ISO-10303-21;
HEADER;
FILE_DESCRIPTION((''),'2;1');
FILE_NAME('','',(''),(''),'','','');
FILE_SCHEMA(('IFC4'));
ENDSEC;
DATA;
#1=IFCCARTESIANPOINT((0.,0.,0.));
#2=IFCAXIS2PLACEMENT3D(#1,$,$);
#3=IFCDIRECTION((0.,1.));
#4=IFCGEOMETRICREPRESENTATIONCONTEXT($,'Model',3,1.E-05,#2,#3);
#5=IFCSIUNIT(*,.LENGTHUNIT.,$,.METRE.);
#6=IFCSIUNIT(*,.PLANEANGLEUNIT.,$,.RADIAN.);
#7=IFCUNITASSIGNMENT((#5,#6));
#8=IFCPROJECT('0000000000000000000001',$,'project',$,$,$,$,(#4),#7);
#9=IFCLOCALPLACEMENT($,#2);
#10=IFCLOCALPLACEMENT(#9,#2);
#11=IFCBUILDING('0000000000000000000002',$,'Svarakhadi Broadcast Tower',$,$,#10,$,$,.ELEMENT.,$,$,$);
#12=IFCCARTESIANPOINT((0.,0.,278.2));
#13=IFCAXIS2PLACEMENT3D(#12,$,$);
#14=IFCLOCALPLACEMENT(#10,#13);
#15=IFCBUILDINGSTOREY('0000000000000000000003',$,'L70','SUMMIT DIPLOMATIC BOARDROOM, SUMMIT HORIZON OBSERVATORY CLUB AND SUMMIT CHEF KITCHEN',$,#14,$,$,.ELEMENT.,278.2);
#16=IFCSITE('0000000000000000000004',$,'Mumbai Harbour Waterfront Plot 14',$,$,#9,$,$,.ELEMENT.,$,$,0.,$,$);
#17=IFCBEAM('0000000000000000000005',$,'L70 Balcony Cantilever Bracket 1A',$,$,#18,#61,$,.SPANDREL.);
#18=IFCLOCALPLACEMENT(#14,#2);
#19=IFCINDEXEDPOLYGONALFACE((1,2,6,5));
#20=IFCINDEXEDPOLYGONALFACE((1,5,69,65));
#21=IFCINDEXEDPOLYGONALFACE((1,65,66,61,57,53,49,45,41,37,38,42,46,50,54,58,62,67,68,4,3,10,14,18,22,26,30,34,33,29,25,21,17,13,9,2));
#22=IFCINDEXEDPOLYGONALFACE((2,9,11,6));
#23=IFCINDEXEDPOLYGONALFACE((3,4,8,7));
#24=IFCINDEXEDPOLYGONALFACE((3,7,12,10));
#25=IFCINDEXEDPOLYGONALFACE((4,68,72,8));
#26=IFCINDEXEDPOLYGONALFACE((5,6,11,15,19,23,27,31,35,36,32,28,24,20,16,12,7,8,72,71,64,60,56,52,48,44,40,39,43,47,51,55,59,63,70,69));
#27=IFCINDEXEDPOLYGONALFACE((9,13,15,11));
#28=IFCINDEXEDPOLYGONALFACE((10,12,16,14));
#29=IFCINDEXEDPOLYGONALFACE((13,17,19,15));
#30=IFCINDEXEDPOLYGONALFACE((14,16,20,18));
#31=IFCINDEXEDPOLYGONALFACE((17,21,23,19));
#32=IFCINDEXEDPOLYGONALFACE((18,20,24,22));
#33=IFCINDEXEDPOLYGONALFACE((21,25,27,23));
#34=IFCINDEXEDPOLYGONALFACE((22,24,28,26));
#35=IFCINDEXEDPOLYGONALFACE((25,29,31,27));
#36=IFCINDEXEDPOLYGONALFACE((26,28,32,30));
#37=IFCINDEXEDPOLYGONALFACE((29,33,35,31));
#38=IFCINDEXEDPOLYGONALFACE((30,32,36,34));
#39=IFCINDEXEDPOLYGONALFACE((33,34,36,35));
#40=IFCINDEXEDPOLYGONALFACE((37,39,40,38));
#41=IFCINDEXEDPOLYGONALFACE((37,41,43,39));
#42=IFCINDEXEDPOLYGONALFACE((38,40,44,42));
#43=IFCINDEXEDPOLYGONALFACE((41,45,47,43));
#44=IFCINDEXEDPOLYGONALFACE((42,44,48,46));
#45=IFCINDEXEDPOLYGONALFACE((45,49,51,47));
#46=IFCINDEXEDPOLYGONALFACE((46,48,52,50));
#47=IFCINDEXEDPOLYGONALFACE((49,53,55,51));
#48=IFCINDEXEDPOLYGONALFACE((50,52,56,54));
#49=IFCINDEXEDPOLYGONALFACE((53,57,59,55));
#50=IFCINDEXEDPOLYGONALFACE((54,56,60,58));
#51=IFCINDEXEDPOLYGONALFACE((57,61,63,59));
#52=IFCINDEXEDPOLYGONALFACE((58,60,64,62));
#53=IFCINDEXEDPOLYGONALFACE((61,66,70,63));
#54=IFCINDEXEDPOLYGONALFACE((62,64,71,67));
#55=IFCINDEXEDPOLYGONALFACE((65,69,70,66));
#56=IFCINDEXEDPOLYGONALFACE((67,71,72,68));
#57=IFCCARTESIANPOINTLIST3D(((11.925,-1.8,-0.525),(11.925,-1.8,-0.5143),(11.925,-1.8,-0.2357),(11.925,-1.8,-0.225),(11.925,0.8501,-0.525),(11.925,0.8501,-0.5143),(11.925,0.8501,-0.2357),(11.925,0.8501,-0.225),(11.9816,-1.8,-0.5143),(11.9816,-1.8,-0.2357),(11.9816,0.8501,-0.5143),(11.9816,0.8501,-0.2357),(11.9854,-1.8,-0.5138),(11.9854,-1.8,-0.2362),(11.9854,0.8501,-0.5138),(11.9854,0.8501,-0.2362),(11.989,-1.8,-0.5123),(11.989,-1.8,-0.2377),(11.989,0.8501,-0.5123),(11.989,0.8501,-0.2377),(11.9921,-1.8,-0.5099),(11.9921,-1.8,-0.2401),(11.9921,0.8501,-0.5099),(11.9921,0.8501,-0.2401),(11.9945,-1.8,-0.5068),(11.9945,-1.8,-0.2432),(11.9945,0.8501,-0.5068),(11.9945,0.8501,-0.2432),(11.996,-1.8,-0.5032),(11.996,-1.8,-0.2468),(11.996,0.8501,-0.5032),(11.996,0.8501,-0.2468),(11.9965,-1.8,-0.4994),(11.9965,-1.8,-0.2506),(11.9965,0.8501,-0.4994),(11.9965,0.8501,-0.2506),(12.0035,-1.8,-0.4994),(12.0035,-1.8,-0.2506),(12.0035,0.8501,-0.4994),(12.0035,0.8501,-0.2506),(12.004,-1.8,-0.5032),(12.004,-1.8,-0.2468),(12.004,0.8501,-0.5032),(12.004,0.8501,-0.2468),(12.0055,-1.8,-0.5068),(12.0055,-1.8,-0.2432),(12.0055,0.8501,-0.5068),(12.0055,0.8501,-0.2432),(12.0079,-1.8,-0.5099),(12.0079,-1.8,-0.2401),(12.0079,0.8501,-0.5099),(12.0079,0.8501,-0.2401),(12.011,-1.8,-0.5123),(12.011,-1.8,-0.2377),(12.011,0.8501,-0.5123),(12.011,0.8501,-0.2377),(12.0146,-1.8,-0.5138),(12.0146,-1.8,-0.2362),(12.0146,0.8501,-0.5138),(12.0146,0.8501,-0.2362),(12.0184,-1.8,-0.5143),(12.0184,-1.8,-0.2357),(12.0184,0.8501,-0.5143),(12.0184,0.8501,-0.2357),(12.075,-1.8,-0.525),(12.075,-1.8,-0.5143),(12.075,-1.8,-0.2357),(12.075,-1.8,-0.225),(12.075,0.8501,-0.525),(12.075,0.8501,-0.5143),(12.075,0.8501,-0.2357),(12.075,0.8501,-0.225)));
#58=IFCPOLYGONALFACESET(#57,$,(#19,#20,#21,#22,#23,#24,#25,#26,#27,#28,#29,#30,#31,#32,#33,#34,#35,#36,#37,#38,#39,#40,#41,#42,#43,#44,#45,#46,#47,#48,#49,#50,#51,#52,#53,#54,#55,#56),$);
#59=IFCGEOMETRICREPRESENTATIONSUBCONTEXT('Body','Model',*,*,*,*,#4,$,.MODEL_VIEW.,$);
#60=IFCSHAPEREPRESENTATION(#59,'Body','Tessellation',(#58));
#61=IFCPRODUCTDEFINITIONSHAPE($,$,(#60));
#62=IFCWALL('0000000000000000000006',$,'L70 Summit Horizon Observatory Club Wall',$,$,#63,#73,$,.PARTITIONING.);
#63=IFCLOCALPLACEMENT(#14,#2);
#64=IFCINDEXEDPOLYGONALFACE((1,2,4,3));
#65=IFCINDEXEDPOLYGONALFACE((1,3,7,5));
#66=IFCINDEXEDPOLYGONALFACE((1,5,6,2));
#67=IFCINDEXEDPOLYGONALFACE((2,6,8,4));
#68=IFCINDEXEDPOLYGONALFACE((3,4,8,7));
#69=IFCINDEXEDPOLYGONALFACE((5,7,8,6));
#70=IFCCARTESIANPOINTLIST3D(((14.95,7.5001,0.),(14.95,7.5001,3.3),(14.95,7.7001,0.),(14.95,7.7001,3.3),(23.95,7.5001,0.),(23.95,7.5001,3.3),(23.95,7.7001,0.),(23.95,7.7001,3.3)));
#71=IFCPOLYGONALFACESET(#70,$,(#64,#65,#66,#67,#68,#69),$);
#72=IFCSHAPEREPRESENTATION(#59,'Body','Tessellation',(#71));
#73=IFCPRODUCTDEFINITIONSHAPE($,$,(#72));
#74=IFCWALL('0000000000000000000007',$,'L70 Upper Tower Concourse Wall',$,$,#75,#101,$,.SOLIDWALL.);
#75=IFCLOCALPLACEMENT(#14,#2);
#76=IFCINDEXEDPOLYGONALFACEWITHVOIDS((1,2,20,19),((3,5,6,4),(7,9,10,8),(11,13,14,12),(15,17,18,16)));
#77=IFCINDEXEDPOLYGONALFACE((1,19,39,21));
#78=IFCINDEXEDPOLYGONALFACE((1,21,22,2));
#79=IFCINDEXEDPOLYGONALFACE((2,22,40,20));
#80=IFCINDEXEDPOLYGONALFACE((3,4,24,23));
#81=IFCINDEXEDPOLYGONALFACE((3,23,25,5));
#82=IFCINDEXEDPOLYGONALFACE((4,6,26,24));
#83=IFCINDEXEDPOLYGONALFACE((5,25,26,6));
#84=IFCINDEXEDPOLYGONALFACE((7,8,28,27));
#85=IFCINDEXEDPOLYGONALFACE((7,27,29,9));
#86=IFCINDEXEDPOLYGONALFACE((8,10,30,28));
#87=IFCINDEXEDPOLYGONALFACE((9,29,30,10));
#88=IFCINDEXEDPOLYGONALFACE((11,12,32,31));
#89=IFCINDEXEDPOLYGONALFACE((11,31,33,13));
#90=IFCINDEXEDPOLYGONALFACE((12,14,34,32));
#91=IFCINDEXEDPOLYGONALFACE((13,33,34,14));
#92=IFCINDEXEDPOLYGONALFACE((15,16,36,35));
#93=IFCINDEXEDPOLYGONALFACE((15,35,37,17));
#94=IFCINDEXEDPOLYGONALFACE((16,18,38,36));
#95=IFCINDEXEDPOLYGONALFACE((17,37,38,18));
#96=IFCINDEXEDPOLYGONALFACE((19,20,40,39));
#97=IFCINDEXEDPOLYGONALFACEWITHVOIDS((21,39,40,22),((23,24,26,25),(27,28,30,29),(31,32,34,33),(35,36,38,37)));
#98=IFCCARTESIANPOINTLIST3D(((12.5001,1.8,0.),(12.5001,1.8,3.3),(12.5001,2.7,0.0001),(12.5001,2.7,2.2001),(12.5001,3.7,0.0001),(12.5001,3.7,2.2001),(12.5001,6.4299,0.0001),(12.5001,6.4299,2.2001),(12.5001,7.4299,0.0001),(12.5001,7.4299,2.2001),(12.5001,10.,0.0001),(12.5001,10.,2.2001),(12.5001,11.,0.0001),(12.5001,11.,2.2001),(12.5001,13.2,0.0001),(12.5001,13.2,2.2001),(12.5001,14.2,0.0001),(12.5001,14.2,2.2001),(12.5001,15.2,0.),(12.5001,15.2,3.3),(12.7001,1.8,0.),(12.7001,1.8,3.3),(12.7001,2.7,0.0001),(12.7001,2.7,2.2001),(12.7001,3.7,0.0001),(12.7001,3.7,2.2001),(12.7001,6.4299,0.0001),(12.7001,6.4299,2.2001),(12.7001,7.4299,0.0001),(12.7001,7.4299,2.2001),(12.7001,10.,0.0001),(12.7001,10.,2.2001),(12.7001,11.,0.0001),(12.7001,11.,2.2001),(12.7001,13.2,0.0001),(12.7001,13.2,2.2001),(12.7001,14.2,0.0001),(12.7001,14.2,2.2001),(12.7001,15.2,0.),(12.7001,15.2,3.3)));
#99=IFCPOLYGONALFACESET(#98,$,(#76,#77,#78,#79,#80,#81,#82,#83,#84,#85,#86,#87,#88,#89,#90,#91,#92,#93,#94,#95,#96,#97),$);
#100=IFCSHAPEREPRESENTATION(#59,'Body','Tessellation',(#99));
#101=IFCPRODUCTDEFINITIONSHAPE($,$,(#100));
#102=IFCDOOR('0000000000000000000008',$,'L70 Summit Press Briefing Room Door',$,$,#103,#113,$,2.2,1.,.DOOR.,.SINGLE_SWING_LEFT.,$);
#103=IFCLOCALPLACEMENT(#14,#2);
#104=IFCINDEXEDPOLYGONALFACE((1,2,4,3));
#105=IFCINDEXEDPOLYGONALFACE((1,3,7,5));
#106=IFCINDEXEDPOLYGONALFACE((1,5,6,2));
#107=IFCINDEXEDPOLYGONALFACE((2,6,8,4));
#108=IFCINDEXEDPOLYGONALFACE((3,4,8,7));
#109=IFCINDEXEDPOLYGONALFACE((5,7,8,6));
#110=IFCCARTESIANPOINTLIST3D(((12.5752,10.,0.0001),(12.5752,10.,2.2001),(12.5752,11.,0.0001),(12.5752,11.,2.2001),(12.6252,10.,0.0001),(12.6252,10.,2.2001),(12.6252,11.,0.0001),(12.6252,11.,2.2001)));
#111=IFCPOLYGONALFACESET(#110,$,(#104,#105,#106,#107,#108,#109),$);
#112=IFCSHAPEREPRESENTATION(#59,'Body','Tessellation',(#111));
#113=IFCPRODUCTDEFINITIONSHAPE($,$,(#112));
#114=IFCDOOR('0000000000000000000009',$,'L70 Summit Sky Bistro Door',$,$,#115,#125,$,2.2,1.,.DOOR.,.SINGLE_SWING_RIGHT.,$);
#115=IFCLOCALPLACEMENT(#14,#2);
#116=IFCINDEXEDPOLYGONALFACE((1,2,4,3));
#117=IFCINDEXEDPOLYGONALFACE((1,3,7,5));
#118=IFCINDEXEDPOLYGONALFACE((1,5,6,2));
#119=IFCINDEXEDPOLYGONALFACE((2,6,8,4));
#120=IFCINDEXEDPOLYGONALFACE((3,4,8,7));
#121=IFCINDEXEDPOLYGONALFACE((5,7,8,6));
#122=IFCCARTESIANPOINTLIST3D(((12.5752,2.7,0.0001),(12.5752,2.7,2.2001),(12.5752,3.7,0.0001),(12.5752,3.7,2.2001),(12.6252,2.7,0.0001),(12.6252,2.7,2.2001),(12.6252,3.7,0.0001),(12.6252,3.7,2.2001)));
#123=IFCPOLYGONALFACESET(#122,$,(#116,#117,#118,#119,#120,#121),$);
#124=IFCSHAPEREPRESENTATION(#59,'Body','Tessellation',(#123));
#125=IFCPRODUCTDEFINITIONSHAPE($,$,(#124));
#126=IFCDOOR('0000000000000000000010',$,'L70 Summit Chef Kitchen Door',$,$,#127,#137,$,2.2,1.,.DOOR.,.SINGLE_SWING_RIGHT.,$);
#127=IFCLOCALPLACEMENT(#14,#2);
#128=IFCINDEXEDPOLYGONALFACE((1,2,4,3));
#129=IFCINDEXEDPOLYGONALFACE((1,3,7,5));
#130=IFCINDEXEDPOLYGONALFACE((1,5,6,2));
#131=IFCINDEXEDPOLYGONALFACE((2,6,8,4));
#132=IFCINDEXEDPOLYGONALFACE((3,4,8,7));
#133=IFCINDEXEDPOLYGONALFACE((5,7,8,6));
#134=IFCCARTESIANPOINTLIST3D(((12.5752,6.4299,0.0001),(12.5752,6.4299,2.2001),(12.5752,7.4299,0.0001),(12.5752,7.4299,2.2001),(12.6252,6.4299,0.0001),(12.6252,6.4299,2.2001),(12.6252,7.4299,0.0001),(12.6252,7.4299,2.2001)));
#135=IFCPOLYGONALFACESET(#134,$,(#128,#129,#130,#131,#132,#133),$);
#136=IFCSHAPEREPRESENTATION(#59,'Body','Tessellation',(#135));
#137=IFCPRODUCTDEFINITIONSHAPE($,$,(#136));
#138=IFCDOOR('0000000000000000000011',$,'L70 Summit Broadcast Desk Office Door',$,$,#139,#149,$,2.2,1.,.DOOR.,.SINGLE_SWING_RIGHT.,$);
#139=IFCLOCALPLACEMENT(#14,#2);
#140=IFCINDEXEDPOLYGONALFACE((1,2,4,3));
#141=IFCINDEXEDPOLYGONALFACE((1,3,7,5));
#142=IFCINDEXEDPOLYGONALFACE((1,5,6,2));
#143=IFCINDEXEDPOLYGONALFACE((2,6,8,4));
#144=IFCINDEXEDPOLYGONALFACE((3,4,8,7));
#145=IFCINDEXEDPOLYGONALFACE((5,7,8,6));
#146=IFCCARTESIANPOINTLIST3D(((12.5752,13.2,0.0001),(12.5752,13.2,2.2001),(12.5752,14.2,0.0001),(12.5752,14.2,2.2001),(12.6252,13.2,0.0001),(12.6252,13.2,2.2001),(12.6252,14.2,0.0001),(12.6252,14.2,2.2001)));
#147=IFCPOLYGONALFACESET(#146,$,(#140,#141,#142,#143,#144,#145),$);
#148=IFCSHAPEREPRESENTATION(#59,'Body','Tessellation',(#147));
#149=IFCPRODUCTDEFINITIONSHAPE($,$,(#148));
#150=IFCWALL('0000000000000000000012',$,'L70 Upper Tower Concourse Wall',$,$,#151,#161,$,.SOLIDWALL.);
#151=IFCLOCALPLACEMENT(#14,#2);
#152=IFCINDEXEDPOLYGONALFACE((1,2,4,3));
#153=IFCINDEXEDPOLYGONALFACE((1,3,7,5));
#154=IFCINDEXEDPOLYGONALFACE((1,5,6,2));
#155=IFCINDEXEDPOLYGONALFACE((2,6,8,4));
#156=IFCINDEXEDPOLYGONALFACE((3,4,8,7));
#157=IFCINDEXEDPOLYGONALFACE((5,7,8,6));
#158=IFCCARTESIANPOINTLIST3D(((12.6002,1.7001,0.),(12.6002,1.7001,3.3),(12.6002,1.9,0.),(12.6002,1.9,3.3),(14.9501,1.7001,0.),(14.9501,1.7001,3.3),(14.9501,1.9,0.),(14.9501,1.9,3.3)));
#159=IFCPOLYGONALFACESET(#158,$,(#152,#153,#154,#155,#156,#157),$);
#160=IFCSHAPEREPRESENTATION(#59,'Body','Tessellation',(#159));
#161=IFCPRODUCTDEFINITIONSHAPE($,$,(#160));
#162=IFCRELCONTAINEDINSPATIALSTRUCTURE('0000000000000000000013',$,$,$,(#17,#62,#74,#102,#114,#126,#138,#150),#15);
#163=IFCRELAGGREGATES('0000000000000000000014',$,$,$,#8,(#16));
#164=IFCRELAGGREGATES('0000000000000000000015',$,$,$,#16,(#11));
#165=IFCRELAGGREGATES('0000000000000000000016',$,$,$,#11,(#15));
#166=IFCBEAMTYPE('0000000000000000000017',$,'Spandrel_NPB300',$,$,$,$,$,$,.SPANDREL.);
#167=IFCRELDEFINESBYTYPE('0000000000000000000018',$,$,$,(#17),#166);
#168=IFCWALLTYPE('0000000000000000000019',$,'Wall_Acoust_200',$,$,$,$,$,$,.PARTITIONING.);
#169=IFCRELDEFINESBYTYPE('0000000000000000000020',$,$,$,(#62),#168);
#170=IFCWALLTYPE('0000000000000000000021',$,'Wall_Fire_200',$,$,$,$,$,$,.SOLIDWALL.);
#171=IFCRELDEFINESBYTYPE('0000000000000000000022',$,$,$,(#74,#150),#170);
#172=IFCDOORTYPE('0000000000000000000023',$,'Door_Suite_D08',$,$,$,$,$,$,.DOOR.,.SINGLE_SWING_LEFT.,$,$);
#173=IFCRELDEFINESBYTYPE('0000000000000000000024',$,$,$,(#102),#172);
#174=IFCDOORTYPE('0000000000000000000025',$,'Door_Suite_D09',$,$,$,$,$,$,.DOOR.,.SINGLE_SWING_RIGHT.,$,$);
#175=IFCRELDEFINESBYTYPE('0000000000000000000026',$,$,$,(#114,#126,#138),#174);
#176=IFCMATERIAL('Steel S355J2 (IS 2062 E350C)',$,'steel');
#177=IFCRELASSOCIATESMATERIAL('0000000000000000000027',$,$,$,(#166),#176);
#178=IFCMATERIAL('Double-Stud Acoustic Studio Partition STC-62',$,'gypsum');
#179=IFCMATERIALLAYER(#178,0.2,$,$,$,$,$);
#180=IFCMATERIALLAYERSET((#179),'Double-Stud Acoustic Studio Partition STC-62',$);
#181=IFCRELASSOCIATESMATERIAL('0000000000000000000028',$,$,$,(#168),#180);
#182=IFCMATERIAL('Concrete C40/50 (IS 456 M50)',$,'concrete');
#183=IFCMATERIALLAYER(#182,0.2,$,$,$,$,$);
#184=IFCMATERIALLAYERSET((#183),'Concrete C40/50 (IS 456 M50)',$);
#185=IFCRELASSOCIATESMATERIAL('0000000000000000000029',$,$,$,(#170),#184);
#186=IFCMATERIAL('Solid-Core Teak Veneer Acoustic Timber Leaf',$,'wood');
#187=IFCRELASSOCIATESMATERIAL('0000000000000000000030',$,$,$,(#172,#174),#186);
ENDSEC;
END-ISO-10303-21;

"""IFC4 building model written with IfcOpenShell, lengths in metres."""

from ifc_helpers import new_model, si_unit, direction, frame, frame_2d, origin, origin_2d, place, context, subcontext, project, spatial, rectangle, i_section, extrude, material, layer, layer_set, material_profile, profile_set, type_object, element, fill, save


model = new_model("IFC4")

# Units and contexts
model_context = context("Model", 3, precision=1e-05, world=origin(), true_north=direction((0.0, 1.0)))
body_context = subcontext(model_context, "Body", "Model", "MODEL_VIEW")
ifc_project = project(units=[si_unit("LENGTHUNIT", "METRE"), si_unit("PLANEANGLEUNIT", "RADIAN")], contexts=[model_context])

# Site, building, storey
site_placement = place(None, origin())
site = spatial("IfcSite", under=ifc_project, at=site_placement, Name="Mumbai Harbour Waterfront Plot 14", CompositionType="ELEMENT", RefElevation=0.0)
building_placement = place(site_placement, origin())
building = spatial("IfcBuilding", under=site, at=building_placement, Name="Svarakhadi Broadcast Tower", CompositionType="ELEMENT")
storey_placement = place(building_placement, frame((0.0, 0.0, 278.2)))
storey = spatial("IfcBuildingStorey", under=building, at=storey_placement, Name="L70", Description="SUMMIT DIPLOMATIC BOARDROOM, SUMMIT HORIZON OBSERVATORY CLUB AND SUMMIT CHEF KITCHEN", CompositionType="ELEMENT", Elevation=278.2)

# Shared definitions
ifc_material_1 = material(Name="Steel S355J2 (IS 2062 E350C)", Category="steel")

# Beam
ifc_material_profile_1 = material_profile(ifc_material_1, i_section(OverallWidth=0.1499, OverallDepth=0.3, WebThickness=0.0071, FlangeThickness=0.0107, FilletRadius=0.0149, at=origin_2d()), Name="NPB 300x150x37")
ifc_profile_set_1 = profile_set([ifc_material_profile_1], Name="Steel S355J2 (IS 2062 E350C)")
beam_type_1 = type_object("IfcBeamType", Name="Spandrel_NPB300", PredefinedType="SPANDREL", material=ifc_profile_set_1)
beam_1_placement = place(storey_placement, frame((12.0, 0.8501, -0.375), z_axis=(0.0, -1.0, 0.0), x_axis=(1.0, 0.0, 0.0)))
element("IfcBeam", 1, at=beam_1_placement, inside=storey, type_object=beam_type_1, Name="L70 Balcony Cantilever Bracket 1A", PredefinedType="SPANDREL", context=body_context, shape_type="SweptSolid", body=[
    extrude(i_section(OverallWidth=0.1499, OverallDepth=0.3, WebThickness=0.0071, FlangeThickness=0.0107, FilletRadius=0.0149, at=origin_2d()), origin(), (0.0, 0.0, 1.0), 2.6501),
])

# Wall
ifc_material_2 = material(Name="Double-Stud Acoustic Studio Partition STC-62", Category="gypsum")
ifc_layer_1 = layer(ifc_material_2, 0.2)
ifc_layer_set_1 = layer_set([ifc_layer_1], Name="Double-Stud Acoustic Studio Partition STC-62")
wall_type_1 = type_object("IfcWallType", Name="Wall_Acoust_200", PredefinedType="PARTITIONING", material=ifc_layer_set_1)
wall_1_placement = place(storey_placement, frame((14.95, 7.6001, 0.0), z_axis=(0.0, 0.0, 1.0), x_axis=(1.0, 0.0, 0.0)))
element("IfcWall", 2, at=wall_1_placement, inside=storey, type_object=wall_type_1, Name="L70 Summit Horizon Observatory Club Wall", PredefinedType="PARTITIONING", context=body_context, shape_type="SweptSolid", body=[
    extrude(rectangle(XDim=9.0, YDim=0.2, at=frame_2d((4.5, 0.0))), origin(), (0.0, 0.0, 1.0), 3.3),
])

# Wall, openings, doors
ifc_material_3 = material(Name="Concrete C40/50 (IS 456 M50)", Category="concrete")
ifc_layer_2 = layer(ifc_material_3, 0.2)
ifc_layer_set_2 = layer_set([ifc_layer_2], Name="Concrete C40/50 (IS 456 M50)")
wall_type_2 = type_object("IfcWallType", Name="Wall_Fire_200", PredefinedType="SOLIDWALL", material=ifc_layer_set_2)
wall_2_placement = place(storey_placement, frame((12.6001, 1.8, 0.0), z_axis=(0.0, 0.0, 1.0), x_axis=(0.0, 1.0, 0.0)))
wall_2 = element("IfcWall", 3, at=wall_2_placement, inside=storey, type_object=wall_type_2, Name="L70 Upper Tower Concourse Wall", PredefinedType="SOLIDWALL", context=body_context, shape_type="SweptSolid", body=[
    extrude(rectangle(XDim=13.3999, YDim=0.2, at=frame_2d((6.7, 0.0))), origin(), (0.0, 0.0, 1.0), 3.3),
])
opening_1_placement = place(wall_2_placement, frame((0.8999, 0.0, 0.0)))
opening_1 = element("IfcOpeningElement", 4, at=opening_1_placement, cuts=wall_2, PredefinedType="OPENING", context=body_context, shape_type="SweptSolid", body=[
    extrude(rectangle(XDim=1.0, YDim=2.2, at=frame_2d((0.5, 1.1001))), frame((0.0, 0.1099, 0.0), z_axis=(0.0, -1.0, 0.0), x_axis=(1.0, 0.0, 0.0)), (0.0, 0.0, 1.0), 0.22),
])
opening_2_placement = place(wall_2_placement, frame((4.6299, 0.0, 0.0)))
opening_2 = element("IfcOpeningElement", 5, at=opening_2_placement, cuts=wall_2, PredefinedType="OPENING", context=body_context, shape_type="SweptSolid", body=[
    extrude(rectangle(XDim=1.0, YDim=2.2, at=frame_2d((0.5, 1.1001))), frame((0.0, 0.1099, 0.0), z_axis=(0.0, -1.0, 0.0), x_axis=(1.0, 0.0, 0.0)), (0.0, 0.0, 1.0), 0.22),
])
opening_3_placement = place(wall_2_placement, frame((8.2, 0.0, 0.0)))
opening_3 = element("IfcOpeningElement", 6, at=opening_3_placement, cuts=wall_2, PredefinedType="OPENING", context=body_context, shape_type="SweptSolid", body=[
    extrude(rectangle(XDim=1.0, YDim=2.2, at=frame_2d((0.5, 1.1001))), frame((0.0, 0.1099, 0.0), z_axis=(0.0, -1.0, 0.0), x_axis=(1.0, 0.0, 0.0)), (0.0, 0.0, 1.0), 0.22),
])
opening_4_placement = place(wall_2_placement, frame((11.3999, 0.0, 0.0)))
opening_4 = element("IfcOpeningElement", 7, at=opening_4_placement, cuts=wall_2, PredefinedType="OPENING", context=body_context, shape_type="SweptSolid", body=[
    extrude(rectangle(XDim=1.0, YDim=2.2, at=frame_2d((0.5, 1.1001))), frame((0.0, 0.1099, 0.0), z_axis=(0.0, -1.0, 0.0), x_axis=(1.0, 0.0, 0.0)), (0.0, 0.0, 1.0), 0.22),
])
ifc_material_4 = material(Name="Solid-Core Teak Veneer Acoustic Timber Leaf", Category="wood")
door_type_1 = type_object("IfcDoorType", Name="Door_Suite_D08", OperationType="SINGLE_SWING_LEFT", PredefinedType="DOOR", material=ifc_material_4)
door_1_placement = place(opening_3_placement, origin())
door_1 = element("IfcDoor", 8, at=door_1_placement, inside=storey, type_object=door_type_1, Name="L70 Summit Press Briefing Room Door", OperationType="SINGLE_SWING_LEFT", OverallHeight=2.2, OverallWidth=1.0, PredefinedType="DOOR", context=body_context, shape_type="SweptSolid", body=[
    extrude(rectangle(XDim=1.0, YDim=2.2, at=frame_2d((0.5, 1.1001))), frame((0.0, 0.0249, 0.0), z_axis=(0.0, -1.0, 0.0), x_axis=(1.0, 0.0, 0.0)), (0.0, 0.0, 1.0), 0.05),
])
fill(opening_3, door_1)
door_type_2 = type_object("IfcDoorType", Name="Door_Suite_D09", OperationType="SINGLE_SWING_RIGHT", PredefinedType="DOOR", material=ifc_material_4)
door_2_placement = place(opening_1_placement, origin())
door_2 = element("IfcDoor", 9, at=door_2_placement, inside=storey, type_object=door_type_2, Name="L70 Summit Sky Bistro Door", OperationType="SINGLE_SWING_RIGHT", OverallHeight=2.2, OverallWidth=1.0, PredefinedType="DOOR", context=body_context, shape_type="SweptSolid", body=[
    extrude(rectangle(XDim=1.0, YDim=2.2, at=frame_2d((0.5, 1.1001))), frame((0.0, 0.0249, 0.0), z_axis=(0.0, -1.0, 0.0), x_axis=(1.0, 0.0, 0.0)), (0.0, 0.0, 1.0), 0.05),
])
fill(opening_1, door_2)
door_3_placement = place(opening_2_placement, origin())
door_3 = element("IfcDoor", 10, at=door_3_placement, inside=storey, type_object=door_type_2, Name="L70 Summit Chef Kitchen Door", OperationType="SINGLE_SWING_RIGHT", OverallHeight=2.2, OverallWidth=1.0, PredefinedType="DOOR", context=body_context, shape_type="SweptSolid", body=[
    extrude(rectangle(XDim=1.0, YDim=2.2, at=frame_2d((0.5, 1.1001))), frame((0.0, 0.0249, 0.0), z_axis=(0.0, -1.0, 0.0), x_axis=(1.0, 0.0, 0.0)), (0.0, 0.0, 1.0), 0.05),
])
fill(opening_2, door_3)
door_4_placement = place(opening_4_placement, origin())
door_4 = element("IfcDoor", 11, at=door_4_placement, inside=storey, type_object=door_type_2, Name="L70 Summit Broadcast Desk Office Door", OperationType="SINGLE_SWING_RIGHT", OverallHeight=2.2, OverallWidth=1.0, PredefinedType="DOOR", context=body_context, shape_type="SweptSolid", body=[
    extrude(rectangle(XDim=1.0, YDim=2.2, at=frame_2d((0.5, 1.1001))), frame((0.0, 0.0249, 0.0), z_axis=(0.0, -1.0, 0.0), x_axis=(1.0, 0.0, 0.0)), (0.0, 0.0, 1.0), 0.05),
])
fill(opening_4, door_4)

# Wall
wall_3_placement = place(storey_placement, frame((14.95, 1.8, 0.0), z_axis=(0.0, 0.0, 1.0), x_axis=(-1.0, 0.0, 0.0)))
element("IfcWall", 12, at=wall_3_placement, inside=storey, type_object=wall_type_2, Name="L70 Upper Tower Concourse Wall", PredefinedType="SOLIDWALL", context=body_context, shape_type="SweptSolid", body=[
    extrude(rectangle(XDim=2.3499, YDim=0.2, at=frame_2d((1.1748, 0.0))), origin(), (0.0, 0.0, 1.0), 3.3),
])

save(model, "model.ifc")
